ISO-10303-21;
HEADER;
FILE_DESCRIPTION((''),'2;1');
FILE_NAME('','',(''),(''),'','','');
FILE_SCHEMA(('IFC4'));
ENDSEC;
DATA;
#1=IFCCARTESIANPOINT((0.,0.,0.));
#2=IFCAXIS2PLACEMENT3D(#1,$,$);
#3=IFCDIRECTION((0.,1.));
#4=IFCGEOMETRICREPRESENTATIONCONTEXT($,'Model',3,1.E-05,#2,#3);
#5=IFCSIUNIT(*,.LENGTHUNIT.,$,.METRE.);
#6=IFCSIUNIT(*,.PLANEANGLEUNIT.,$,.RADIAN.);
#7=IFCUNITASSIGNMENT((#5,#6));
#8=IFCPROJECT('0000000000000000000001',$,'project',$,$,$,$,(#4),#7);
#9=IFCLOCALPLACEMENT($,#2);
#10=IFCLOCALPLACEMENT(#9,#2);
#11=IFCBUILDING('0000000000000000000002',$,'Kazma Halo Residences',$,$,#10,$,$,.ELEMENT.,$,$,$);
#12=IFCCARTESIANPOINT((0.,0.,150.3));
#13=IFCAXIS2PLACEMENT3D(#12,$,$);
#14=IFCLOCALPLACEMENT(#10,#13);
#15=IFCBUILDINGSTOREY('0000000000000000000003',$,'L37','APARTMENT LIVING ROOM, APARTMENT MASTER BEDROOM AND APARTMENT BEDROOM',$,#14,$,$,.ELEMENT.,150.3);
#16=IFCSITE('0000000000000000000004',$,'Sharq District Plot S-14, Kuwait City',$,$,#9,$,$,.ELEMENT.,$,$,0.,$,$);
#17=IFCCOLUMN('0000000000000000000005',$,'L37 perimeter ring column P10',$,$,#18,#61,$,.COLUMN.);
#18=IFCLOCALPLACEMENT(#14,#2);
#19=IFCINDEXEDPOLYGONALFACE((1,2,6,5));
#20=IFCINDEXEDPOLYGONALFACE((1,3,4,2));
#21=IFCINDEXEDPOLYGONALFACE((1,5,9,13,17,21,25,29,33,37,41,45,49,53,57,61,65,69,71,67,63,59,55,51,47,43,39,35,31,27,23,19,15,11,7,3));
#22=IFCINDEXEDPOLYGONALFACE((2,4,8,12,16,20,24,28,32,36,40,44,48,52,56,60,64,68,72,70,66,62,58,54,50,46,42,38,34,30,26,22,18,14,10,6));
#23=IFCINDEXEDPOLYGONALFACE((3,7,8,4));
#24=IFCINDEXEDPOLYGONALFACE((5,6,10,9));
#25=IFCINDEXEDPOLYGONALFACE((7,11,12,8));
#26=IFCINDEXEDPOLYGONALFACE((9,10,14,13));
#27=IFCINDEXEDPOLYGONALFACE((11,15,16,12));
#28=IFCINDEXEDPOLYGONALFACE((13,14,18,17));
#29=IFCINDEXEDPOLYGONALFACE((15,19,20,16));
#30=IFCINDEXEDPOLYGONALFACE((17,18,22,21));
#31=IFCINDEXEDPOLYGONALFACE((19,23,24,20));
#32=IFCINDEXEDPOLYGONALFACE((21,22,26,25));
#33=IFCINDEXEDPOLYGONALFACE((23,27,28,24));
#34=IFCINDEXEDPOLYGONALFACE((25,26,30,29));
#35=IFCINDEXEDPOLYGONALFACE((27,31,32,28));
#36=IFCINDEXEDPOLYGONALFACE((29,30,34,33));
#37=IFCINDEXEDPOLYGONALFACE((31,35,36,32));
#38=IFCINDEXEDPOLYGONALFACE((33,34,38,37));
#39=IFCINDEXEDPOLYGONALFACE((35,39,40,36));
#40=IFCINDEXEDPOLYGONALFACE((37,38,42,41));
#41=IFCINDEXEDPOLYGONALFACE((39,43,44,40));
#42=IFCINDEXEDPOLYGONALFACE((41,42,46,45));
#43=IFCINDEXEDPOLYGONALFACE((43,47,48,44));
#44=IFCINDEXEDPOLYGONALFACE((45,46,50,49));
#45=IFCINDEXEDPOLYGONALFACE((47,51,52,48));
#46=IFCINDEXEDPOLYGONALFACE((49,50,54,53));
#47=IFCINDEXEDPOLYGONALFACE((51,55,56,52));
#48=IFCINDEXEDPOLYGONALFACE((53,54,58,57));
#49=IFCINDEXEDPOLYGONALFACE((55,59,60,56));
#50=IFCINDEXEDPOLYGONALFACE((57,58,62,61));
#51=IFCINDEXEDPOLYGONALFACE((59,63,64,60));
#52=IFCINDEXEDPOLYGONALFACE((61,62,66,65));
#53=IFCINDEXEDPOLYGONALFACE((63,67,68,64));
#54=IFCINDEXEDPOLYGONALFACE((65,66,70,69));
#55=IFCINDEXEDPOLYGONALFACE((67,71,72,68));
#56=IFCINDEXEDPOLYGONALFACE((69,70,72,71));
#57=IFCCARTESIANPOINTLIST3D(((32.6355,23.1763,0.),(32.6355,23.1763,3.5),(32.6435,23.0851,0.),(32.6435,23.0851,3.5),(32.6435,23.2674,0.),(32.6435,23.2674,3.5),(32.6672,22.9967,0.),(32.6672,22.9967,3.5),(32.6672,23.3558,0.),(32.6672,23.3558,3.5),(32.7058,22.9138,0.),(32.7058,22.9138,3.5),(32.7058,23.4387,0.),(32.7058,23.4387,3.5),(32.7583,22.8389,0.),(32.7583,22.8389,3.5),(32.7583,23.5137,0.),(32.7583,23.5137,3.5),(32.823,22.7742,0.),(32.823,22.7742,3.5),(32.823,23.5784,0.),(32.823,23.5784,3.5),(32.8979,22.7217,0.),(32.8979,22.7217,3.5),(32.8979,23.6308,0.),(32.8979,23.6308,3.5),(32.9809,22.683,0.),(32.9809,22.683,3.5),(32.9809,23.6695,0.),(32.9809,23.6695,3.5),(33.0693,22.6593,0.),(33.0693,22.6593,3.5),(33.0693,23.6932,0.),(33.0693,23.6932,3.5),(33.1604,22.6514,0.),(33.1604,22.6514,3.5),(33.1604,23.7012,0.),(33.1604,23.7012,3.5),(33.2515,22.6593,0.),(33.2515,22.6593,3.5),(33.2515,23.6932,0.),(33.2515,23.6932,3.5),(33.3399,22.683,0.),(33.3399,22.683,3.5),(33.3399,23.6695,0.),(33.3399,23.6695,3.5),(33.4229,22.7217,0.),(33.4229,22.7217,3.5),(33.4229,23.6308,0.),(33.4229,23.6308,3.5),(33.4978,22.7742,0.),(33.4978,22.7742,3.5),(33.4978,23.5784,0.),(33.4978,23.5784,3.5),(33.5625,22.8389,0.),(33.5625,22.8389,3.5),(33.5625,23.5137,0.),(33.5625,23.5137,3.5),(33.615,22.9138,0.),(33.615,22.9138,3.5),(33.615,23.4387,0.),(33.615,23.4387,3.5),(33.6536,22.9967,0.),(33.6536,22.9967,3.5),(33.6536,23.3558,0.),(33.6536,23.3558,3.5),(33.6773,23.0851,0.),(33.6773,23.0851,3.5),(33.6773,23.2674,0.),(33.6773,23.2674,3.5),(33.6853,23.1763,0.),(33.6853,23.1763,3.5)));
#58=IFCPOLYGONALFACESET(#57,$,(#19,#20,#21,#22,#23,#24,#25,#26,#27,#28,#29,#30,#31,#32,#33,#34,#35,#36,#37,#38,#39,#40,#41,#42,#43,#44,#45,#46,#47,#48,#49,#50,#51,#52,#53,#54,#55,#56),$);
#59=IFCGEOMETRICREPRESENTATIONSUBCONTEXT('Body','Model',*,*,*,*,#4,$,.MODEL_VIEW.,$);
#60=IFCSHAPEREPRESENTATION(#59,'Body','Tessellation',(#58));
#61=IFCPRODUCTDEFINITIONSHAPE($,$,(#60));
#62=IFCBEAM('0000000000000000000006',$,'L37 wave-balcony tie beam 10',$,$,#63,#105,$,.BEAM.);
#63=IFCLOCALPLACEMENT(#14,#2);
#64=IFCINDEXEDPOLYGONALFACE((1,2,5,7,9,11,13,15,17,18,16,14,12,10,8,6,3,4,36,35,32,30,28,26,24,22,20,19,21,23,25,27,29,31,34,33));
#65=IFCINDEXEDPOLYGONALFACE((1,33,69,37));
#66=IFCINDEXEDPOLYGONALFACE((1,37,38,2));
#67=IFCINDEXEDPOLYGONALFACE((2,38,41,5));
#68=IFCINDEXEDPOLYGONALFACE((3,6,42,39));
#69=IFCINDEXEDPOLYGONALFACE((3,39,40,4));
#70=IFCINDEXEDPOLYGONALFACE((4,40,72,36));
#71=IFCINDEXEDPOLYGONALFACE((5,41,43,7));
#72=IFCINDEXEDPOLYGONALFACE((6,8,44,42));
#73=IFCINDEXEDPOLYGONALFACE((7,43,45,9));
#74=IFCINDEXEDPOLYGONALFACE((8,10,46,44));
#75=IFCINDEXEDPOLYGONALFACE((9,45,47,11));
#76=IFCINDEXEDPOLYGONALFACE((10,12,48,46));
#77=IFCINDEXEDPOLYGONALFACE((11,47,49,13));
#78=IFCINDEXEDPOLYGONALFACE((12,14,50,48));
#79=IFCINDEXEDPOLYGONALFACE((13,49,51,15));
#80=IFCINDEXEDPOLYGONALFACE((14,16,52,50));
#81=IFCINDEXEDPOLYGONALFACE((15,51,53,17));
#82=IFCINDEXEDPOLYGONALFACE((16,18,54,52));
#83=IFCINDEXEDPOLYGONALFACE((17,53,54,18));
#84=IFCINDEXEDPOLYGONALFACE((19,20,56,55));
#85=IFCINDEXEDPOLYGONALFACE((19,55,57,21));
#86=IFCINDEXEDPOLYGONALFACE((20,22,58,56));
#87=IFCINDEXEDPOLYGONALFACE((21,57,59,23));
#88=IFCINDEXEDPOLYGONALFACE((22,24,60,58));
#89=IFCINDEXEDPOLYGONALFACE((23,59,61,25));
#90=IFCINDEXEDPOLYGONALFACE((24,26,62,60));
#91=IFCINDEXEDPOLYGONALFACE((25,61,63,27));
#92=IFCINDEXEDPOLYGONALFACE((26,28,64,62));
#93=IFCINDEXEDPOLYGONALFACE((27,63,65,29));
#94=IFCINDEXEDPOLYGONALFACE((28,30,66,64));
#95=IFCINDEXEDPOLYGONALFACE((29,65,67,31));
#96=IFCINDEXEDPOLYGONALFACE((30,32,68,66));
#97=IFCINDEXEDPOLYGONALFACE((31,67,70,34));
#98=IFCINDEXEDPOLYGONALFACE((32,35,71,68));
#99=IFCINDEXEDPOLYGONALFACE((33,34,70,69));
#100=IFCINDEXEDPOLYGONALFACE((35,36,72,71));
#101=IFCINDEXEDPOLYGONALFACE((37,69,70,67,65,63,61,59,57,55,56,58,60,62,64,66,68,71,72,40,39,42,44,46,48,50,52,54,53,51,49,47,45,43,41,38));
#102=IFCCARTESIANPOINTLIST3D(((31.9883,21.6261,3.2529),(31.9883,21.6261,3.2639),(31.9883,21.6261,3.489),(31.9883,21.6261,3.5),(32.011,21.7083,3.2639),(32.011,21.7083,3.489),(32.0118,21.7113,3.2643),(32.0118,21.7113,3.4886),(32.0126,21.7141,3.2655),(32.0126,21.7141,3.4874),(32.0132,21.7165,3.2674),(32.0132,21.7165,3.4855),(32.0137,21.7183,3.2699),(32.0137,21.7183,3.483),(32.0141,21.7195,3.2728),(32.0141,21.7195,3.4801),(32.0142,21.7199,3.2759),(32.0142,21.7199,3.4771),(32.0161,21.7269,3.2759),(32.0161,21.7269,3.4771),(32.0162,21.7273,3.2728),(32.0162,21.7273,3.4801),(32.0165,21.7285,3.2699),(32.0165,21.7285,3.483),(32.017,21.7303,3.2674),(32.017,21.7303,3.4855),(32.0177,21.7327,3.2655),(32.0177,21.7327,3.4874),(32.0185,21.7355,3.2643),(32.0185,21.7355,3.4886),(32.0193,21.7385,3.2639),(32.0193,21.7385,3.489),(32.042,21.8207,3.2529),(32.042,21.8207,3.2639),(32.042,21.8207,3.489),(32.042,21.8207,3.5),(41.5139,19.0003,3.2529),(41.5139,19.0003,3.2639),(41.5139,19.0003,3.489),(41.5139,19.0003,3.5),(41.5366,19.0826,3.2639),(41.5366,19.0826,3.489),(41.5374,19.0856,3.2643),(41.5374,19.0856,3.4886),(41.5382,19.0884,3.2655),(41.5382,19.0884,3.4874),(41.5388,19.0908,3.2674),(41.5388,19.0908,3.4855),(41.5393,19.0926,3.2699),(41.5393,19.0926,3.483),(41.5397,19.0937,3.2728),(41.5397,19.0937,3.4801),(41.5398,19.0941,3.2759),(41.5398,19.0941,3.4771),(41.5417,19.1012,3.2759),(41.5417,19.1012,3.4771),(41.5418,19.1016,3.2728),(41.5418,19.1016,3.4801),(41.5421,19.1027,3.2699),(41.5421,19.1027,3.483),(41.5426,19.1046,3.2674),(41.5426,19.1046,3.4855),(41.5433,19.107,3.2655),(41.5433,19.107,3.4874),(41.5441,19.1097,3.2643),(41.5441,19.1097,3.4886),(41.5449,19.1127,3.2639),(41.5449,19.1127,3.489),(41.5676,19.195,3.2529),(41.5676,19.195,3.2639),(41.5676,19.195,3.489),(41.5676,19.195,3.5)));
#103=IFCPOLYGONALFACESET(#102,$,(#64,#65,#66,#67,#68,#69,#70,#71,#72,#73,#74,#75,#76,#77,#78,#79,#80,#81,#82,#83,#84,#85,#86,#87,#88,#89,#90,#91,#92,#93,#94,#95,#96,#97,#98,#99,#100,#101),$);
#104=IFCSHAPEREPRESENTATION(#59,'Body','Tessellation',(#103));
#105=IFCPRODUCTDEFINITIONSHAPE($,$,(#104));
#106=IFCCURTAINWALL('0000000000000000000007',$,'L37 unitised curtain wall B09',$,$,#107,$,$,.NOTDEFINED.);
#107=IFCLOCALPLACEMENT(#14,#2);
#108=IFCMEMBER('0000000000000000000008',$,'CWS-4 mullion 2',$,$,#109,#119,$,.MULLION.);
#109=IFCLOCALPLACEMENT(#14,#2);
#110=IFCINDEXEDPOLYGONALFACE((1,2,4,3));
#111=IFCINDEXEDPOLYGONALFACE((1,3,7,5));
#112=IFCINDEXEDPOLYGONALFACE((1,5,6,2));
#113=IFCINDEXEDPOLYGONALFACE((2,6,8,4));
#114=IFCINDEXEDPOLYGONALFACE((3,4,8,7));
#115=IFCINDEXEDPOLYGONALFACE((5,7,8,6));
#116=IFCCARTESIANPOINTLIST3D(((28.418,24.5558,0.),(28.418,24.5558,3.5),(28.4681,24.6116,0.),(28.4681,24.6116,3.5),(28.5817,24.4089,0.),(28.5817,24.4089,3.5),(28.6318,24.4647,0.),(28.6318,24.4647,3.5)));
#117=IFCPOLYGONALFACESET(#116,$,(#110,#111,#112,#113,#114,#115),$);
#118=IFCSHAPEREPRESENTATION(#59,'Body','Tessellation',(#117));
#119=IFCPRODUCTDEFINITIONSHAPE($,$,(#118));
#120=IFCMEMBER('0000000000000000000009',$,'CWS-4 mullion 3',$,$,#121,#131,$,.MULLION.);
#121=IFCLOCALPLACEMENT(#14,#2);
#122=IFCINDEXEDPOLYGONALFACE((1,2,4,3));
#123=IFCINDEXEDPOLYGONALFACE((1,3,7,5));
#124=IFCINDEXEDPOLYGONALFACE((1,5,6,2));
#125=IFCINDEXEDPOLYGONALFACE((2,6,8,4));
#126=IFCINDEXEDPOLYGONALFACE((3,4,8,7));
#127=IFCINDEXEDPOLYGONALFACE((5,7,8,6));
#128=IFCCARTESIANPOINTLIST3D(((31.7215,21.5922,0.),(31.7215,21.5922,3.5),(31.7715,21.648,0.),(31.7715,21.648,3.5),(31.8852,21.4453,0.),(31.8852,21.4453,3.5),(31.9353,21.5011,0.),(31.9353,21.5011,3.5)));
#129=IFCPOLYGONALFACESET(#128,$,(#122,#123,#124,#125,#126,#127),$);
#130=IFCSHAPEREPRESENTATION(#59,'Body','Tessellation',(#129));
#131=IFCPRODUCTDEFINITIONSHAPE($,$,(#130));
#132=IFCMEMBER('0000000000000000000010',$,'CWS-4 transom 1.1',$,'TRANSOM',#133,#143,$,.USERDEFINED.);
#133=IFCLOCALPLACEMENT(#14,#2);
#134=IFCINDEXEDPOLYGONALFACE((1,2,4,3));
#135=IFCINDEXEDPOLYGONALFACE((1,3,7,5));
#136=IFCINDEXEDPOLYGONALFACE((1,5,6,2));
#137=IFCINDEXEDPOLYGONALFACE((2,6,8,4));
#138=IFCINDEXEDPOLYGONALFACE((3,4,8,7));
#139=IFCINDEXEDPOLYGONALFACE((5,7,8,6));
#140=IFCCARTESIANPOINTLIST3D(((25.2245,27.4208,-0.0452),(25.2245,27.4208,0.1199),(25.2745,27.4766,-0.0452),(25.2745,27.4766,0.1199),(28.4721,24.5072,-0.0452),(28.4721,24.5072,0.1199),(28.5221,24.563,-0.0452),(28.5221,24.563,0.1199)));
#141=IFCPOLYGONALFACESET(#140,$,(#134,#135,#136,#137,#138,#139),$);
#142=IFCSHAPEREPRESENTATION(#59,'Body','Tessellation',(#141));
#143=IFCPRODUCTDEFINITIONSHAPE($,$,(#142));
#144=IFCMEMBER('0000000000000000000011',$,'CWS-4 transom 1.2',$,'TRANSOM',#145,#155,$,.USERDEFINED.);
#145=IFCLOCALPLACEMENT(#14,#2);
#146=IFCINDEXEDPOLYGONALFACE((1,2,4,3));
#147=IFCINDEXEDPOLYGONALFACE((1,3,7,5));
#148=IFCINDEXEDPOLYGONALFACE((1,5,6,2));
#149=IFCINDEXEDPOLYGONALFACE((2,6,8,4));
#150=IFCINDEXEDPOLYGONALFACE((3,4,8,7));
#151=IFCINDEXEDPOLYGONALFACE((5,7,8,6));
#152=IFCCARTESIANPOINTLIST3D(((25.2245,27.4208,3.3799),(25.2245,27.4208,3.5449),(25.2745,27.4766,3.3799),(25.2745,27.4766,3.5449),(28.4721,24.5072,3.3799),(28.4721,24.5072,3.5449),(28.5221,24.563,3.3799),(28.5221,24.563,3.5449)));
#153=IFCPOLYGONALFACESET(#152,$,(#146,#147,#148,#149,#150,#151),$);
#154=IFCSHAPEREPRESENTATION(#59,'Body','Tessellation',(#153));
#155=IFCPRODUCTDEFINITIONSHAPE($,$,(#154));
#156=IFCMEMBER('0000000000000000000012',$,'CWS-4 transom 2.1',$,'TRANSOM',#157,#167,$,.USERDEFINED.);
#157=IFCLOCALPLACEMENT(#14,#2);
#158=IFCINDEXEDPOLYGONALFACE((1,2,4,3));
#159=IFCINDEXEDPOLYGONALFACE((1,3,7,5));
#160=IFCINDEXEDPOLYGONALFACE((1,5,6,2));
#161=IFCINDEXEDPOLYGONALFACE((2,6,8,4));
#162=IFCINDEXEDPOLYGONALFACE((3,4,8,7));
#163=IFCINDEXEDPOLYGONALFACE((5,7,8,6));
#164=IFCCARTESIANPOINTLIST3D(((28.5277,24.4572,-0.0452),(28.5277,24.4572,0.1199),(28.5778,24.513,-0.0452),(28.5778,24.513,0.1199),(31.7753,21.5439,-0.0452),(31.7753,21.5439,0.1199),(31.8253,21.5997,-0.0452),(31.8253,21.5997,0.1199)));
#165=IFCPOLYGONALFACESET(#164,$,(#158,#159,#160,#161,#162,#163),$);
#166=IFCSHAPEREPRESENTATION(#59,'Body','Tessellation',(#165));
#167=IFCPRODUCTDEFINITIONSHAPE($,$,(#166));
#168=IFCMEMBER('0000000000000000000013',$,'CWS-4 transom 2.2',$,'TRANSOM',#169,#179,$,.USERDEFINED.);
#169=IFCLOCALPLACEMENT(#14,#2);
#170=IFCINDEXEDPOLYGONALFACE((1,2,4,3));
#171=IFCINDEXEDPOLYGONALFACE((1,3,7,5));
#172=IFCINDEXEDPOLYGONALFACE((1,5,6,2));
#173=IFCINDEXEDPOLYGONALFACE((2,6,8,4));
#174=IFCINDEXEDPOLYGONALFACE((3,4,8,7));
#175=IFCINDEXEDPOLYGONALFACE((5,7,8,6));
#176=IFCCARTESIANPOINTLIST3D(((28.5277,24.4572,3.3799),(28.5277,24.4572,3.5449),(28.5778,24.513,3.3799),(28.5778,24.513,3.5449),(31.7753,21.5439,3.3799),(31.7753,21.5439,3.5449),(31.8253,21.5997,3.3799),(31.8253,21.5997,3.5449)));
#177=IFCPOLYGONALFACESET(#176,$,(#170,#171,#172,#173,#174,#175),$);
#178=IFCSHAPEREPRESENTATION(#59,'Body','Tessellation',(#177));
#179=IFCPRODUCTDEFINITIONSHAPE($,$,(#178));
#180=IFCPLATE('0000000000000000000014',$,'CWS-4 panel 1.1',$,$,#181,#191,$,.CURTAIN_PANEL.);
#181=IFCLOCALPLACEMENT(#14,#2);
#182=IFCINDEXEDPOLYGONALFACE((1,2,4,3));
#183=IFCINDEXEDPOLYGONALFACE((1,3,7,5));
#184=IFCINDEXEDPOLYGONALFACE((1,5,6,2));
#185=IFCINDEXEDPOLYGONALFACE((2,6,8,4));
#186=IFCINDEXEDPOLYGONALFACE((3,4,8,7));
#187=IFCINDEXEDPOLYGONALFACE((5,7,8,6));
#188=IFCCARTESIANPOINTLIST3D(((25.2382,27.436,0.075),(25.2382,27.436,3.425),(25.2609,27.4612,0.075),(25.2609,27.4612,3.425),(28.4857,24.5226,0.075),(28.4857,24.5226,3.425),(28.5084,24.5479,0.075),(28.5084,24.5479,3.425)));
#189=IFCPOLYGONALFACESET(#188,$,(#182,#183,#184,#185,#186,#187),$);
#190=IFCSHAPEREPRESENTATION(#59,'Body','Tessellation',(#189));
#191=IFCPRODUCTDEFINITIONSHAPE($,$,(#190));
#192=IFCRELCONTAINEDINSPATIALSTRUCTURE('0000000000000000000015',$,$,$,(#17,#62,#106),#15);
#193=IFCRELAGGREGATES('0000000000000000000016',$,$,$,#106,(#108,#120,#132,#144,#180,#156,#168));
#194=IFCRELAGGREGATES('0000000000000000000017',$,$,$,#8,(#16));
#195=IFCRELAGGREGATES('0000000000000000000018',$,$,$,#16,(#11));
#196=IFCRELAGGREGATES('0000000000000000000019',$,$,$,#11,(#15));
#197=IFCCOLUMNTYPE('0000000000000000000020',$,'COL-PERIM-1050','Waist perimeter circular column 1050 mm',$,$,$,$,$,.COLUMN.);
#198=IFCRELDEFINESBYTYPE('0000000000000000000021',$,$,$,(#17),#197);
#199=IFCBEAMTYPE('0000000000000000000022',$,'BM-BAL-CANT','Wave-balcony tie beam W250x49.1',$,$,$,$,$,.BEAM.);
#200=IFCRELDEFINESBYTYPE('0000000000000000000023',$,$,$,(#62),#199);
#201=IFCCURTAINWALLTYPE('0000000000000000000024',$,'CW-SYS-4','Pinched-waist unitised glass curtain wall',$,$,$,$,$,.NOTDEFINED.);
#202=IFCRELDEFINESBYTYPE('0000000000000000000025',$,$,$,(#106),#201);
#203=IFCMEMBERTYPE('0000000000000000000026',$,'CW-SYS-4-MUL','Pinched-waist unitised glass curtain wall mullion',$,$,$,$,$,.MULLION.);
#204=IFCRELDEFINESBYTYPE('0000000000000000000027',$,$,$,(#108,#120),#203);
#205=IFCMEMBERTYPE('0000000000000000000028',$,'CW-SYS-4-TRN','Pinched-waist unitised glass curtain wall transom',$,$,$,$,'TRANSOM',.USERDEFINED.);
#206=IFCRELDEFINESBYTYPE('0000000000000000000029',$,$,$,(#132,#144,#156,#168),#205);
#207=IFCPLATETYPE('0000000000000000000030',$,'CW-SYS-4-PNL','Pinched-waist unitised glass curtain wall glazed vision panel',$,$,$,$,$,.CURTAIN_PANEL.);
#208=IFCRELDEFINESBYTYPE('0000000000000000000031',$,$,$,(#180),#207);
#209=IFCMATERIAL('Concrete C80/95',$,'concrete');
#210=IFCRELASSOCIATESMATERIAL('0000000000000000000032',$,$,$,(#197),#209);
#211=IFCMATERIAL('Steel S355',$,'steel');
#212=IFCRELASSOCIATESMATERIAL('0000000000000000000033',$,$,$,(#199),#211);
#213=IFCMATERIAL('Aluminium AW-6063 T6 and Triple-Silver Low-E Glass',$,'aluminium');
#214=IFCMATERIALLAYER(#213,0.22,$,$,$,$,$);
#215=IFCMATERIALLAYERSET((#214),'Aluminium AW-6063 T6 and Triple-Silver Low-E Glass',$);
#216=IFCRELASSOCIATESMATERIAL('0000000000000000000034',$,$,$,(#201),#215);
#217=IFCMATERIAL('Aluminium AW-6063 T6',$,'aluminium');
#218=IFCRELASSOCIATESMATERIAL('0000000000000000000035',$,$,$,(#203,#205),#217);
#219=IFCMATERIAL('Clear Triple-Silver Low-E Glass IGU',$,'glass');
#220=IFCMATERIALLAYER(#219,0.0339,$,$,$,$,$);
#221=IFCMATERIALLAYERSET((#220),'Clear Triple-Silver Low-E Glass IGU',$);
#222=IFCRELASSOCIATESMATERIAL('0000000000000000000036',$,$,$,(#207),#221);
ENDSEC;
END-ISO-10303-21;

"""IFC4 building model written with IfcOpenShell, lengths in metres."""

from ifc_helpers import new_model, si_unit, direction, frame, origin, origin_2d, place, context, subcontext, project, spatial, rectangle, circle, i_section, extrude, material, layer, layer_set, material_profile, profile_set, type_object, element, aggregate, save


model = new_model("IFC4")

# Units and contexts
model_context = context("Model", 3, precision=1e-05, world=origin(), true_north=direction((0.0, 1.0)))
body_context = subcontext(model_context, "Body", "Model", "MODEL_VIEW")
ifc_project = project(units=[si_unit("LENGTHUNIT", "METRE"), si_unit("PLANEANGLEUNIT", "RADIAN")], contexts=[model_context])

# Site, building, storey
site_placement = place(None, origin())
site = spatial("IfcSite", under=ifc_project, at=site_placement, Name="Sharq District Plot S-14, Kuwait City", CompositionType="ELEMENT", RefElevation=0.0)
building_placement = place(site_placement, origin())
building = spatial("IfcBuilding", under=site, at=building_placement, Name="Kazma Halo Residences", CompositionType="ELEMENT")
storey_placement = place(building_placement, frame((0.0, 0.0, 150.3)))
storey = spatial("IfcBuildingStorey", under=building, at=storey_placement, Name="L37", Description="APARTMENT LIVING ROOM, APARTMENT MASTER BEDROOM AND APARTMENT BEDROOM", CompositionType="ELEMENT", Elevation=150.3)

# Column
ifc_material_1 = material(Name="Concrete C80/95", Category="concrete")
ifc_material_profile_1 = material_profile(ifc_material_1, circle(Radius=0.5249, at=origin_2d()), Name="CIRC1050")
ifc_profile_set_1 = profile_set([ifc_material_profile_1], Name="Concrete C80/95")
column_type = type_object("IfcColumnType", Name="COL-PERIM-1050", Description="Waist perimeter circular column 1050 mm", PredefinedType="COLUMN", material=ifc_profile_set_1)
column_placement = place(storey_placement, frame((33.1604, 23.1763, 0.0), z_axis=(0.0, 0.0, 1.0), x_axis=(1.0, 0.0, 0.0)))
element("IfcColumn", 1, at=column_placement, inside=storey, type_object=column_type, Name="L37 perimeter ring column P10", PredefinedType="COLUMN", context=body_context, shape_type="SweptSolid", body=[
    extrude(circle(Radius=0.5249, at=origin_2d()), origin(), (0.0, 0.0, 1.0), 3.5),
])

# Beam
ifc_material_2 = material(Name="Steel S355", Category="steel")
ifc_material_profile_2 = material_profile(ifc_material_2, i_section(OverallWidth=0.2019, OverallDepth=0.2471, WebThickness=0.0073, FlangeThickness=0.011, FilletRadius=0.012, at=origin_2d()), Name="W250x49.1")
ifc_profile_set_2 = profile_set([ifc_material_profile_2], Name="Steel S355")
beam_type = type_object("IfcBeamType", Name="BM-BAL-CANT", Description="Wave-balcony tie beam W250x49.1", PredefinedType="BEAM", material=ifc_profile_set_2)
beam_placement = place(storey_placement, frame((32.0151, 21.7234, 3.3765), z_axis=(0.964045, -0.265738, 0.0), x_axis=(0.265738, 0.964045, 0.0)))
element("IfcBeam", 2, at=beam_placement, inside=storey, type_object=beam_type, Name="L37 wave-balcony tie beam 10", PredefinedType="BEAM", context=body_context, shape_type="SweptSolid", body=[
    extrude(i_section(OverallWidth=0.2019, OverallDepth=0.2471, WebThickness=0.0073, FlangeThickness=0.011, FilletRadius=0.012, at=origin_2d()), origin(), (0.0, 0.0, 1.0), 9.8809),
])

# Curtain wall, members, plate
ifc_material_3 = material(Name="Aluminium AW-6063 T6 and Triple-Silver Low-E Glass", Category="aluminium")
ifc_layer_1 = layer(ifc_material_3, 0.22)
ifc_layer_set_1 = layer_set([ifc_layer_1], Name="Aluminium AW-6063 T6 and Triple-Silver Low-E Glass")
curtain_wall_type = type_object("IfcCurtainWallType", Name="CW-SYS-4", Description="Pinched-waist unitised glass curtain wall", PredefinedType="NOTDEFINED", material=ifc_layer_set_1)
curtain_wall_placement = place(storey_placement, origin())
curtain_wall = element("IfcCurtainWall", 3, at=curtain_wall_placement, inside=storey, type_object=curtain_wall_type, Name="L37 unitised curtain wall B09", PredefinedType="NOTDEFINED")
ifc_material_4 = material(Name="Aluminium AW-6063 T6", Category="aluminium")
ifc_material_profile_3 = material_profile(ifc_material_4, rectangle(XDim=0.075, YDim=0.22, at=origin_2d()), Name="CWM-75x220")
ifc_profile_set_3 = profile_set([ifc_material_profile_3], Name="Aluminium AW-6063 T6")
member_type_1 = type_object("IfcMemberType", Name="CW-SYS-4-MUL", Description="Pinched-waist unitised glass curtain wall mullion", PredefinedType="MULLION", material=ifc_profile_set_3)
member_1_placement = place(storey_placement, frame((28.5249, 24.5103, 0.0), z_axis=(0.0, 0.0, 1.0), x_axis=(0.66777, 0.744368, 0.0)))
member_1 = element("IfcMember", 4, at=member_1_placement, type_object=member_type_1, Name="CWS-4 mullion 2", PredefinedType="MULLION", context=body_context, shape_type="SweptSolid", body=[
    extrude(rectangle(XDim=0.075, YDim=0.22, at=origin_2d()), origin(), (0.0, 0.0, 1.0), 3.5),
])
member_2_placement = place(storey_placement, frame((31.8284, 21.5466, 0.0), z_axis=(0.0, 0.0, 1.0), x_axis=(0.66777, 0.744368, 0.0)))
member_2 = element("IfcMember", 5, at=member_2_placement, type_object=member_type_1, Name="CWS-4 mullion 3", PredefinedType="MULLION", context=body_context, shape_type="SweptSolid", body=[
    extrude(rectangle(XDim=0.075, YDim=0.22, at=origin_2d()), origin(), (0.0, 0.0, 1.0), 3.5),
])
ifc_material_profile_4 = material_profile(ifc_material_4, rectangle(XDim=0.075, YDim=0.165, at=origin_2d()), Name="CWT-75x165")
ifc_profile_set_4 = profile_set([ifc_material_profile_4], Name="Aluminium AW-6063 T6")
member_type_2 = type_object("IfcMemberType", Name="CW-SYS-4-TRN", Description="Pinched-waist unitised glass curtain wall transom", ElementType="TRANSOM", PredefinedType="USERDEFINED", material=ifc_profile_set_4)
member_3_placement = place(storey_placement, frame((25.2495, 27.4487, 0.0374), z_axis=(0.744345, -0.667795, 0.0), x_axis=(0.667795, 0.744345, 0.0)))
member_3 = element("IfcMember", 6, at=member_3_placement, type_object=member_type_2, Name="CWS-4 transom 1.1", ObjectType="TRANSOM", PredefinedType="USERDEFINED", context=body_context, shape_type="SweptSolid", body=[
    extrude(rectangle(XDim=0.075, YDim=0.165, at=origin_2d()), origin(), (0.0, 0.0, 1.0), 4.363),
])
member_4_placement = place(storey_placement, frame((25.2495, 27.4487, 3.4624), z_axis=(0.744345, -0.667795, 0.0), x_axis=(0.667795, 0.744345, 0.0)))
member_4 = element("IfcMember", 7, at=member_4_placement, type_object=member_type_2, Name="CWS-4 transom 1.2", ObjectType="TRANSOM", PredefinedType="USERDEFINED", context=body_context, shape_type="SweptSolid", body=[
    extrude(rectangle(XDim=0.075, YDim=0.165, at=origin_2d()), origin(), (0.0, 0.0, 1.0), 4.363),
])
member_5_placement = place(storey_placement, frame((28.5527, 24.4851, 0.0374), z_axis=(0.744373, -0.667764, 0.0), x_axis=(0.667764, 0.744373, 0.0)))
member_5 = element("IfcMember", 8, at=member_5_placement, type_object=member_type_2, Name="CWS-4 transom 2.1", ObjectType="TRANSOM", PredefinedType="USERDEFINED", context=body_context, shape_type="SweptSolid", body=[
    extrude(rectangle(XDim=0.075, YDim=0.165, at=origin_2d()), origin(), (0.0, 0.0, 1.0), 4.3628),
])
member_6_placement = place(storey_placement, frame((28.5527, 24.4851, 3.4624), z_axis=(0.744373, -0.667764, 0.0), x_axis=(0.667764, 0.744373, 0.0)))
member_6 = element("IfcMember", 9, at=member_6_placement, type_object=member_type_2, Name="CWS-4 transom 2.2", ObjectType="TRANSOM", PredefinedType="USERDEFINED", context=body_context, shape_type="SweptSolid", body=[
    extrude(rectangle(XDim=0.075, YDim=0.165, at=origin_2d()), origin(), (0.0, 0.0, 1.0), 4.3628),
])
ifc_material_5 = material(Name="Clear Triple-Silver Low-E Glass IGU", Category="glass")
ifc_layer_2 = layer(ifc_material_5, 0.0339)
ifc_layer_set_2 = layer_set([ifc_layer_2], Name="Clear Triple-Silver Low-E Glass IGU")
plate_type = type_object("IfcPlateType", Name="CW-SYS-4-PNL", Description="Pinched-waist unitised glass curtain wall glazed vision panel", PredefinedType="CURTAIN_PANEL", material=ifc_layer_set_2)
plate_1_placement = place(storey_placement, frame((26.8733, 25.9919, 0.075), z_axis=(0.0, 0.0, 1.0), x_axis=(0.744368, -0.66777, 0.0)))
plate_1 = element("IfcPlate", 10, at=plate_1_placement, type_object=plate_type, Name="CWS-4 panel 1.1", PredefinedType="CURTAIN_PANEL", context=body_context, shape_type="SweptSolid", body=[
    extrude(rectangle(XDim=4.3628, YDim=0.0339, at=origin_2d()), origin(), (0.0, 0.0, 1.0), 3.3501),
])
aggregate(curtain_wall, [member_1, member_2, member_3, member_4, plate_1, member_5, member_6])

save(model, "model.ifc")
